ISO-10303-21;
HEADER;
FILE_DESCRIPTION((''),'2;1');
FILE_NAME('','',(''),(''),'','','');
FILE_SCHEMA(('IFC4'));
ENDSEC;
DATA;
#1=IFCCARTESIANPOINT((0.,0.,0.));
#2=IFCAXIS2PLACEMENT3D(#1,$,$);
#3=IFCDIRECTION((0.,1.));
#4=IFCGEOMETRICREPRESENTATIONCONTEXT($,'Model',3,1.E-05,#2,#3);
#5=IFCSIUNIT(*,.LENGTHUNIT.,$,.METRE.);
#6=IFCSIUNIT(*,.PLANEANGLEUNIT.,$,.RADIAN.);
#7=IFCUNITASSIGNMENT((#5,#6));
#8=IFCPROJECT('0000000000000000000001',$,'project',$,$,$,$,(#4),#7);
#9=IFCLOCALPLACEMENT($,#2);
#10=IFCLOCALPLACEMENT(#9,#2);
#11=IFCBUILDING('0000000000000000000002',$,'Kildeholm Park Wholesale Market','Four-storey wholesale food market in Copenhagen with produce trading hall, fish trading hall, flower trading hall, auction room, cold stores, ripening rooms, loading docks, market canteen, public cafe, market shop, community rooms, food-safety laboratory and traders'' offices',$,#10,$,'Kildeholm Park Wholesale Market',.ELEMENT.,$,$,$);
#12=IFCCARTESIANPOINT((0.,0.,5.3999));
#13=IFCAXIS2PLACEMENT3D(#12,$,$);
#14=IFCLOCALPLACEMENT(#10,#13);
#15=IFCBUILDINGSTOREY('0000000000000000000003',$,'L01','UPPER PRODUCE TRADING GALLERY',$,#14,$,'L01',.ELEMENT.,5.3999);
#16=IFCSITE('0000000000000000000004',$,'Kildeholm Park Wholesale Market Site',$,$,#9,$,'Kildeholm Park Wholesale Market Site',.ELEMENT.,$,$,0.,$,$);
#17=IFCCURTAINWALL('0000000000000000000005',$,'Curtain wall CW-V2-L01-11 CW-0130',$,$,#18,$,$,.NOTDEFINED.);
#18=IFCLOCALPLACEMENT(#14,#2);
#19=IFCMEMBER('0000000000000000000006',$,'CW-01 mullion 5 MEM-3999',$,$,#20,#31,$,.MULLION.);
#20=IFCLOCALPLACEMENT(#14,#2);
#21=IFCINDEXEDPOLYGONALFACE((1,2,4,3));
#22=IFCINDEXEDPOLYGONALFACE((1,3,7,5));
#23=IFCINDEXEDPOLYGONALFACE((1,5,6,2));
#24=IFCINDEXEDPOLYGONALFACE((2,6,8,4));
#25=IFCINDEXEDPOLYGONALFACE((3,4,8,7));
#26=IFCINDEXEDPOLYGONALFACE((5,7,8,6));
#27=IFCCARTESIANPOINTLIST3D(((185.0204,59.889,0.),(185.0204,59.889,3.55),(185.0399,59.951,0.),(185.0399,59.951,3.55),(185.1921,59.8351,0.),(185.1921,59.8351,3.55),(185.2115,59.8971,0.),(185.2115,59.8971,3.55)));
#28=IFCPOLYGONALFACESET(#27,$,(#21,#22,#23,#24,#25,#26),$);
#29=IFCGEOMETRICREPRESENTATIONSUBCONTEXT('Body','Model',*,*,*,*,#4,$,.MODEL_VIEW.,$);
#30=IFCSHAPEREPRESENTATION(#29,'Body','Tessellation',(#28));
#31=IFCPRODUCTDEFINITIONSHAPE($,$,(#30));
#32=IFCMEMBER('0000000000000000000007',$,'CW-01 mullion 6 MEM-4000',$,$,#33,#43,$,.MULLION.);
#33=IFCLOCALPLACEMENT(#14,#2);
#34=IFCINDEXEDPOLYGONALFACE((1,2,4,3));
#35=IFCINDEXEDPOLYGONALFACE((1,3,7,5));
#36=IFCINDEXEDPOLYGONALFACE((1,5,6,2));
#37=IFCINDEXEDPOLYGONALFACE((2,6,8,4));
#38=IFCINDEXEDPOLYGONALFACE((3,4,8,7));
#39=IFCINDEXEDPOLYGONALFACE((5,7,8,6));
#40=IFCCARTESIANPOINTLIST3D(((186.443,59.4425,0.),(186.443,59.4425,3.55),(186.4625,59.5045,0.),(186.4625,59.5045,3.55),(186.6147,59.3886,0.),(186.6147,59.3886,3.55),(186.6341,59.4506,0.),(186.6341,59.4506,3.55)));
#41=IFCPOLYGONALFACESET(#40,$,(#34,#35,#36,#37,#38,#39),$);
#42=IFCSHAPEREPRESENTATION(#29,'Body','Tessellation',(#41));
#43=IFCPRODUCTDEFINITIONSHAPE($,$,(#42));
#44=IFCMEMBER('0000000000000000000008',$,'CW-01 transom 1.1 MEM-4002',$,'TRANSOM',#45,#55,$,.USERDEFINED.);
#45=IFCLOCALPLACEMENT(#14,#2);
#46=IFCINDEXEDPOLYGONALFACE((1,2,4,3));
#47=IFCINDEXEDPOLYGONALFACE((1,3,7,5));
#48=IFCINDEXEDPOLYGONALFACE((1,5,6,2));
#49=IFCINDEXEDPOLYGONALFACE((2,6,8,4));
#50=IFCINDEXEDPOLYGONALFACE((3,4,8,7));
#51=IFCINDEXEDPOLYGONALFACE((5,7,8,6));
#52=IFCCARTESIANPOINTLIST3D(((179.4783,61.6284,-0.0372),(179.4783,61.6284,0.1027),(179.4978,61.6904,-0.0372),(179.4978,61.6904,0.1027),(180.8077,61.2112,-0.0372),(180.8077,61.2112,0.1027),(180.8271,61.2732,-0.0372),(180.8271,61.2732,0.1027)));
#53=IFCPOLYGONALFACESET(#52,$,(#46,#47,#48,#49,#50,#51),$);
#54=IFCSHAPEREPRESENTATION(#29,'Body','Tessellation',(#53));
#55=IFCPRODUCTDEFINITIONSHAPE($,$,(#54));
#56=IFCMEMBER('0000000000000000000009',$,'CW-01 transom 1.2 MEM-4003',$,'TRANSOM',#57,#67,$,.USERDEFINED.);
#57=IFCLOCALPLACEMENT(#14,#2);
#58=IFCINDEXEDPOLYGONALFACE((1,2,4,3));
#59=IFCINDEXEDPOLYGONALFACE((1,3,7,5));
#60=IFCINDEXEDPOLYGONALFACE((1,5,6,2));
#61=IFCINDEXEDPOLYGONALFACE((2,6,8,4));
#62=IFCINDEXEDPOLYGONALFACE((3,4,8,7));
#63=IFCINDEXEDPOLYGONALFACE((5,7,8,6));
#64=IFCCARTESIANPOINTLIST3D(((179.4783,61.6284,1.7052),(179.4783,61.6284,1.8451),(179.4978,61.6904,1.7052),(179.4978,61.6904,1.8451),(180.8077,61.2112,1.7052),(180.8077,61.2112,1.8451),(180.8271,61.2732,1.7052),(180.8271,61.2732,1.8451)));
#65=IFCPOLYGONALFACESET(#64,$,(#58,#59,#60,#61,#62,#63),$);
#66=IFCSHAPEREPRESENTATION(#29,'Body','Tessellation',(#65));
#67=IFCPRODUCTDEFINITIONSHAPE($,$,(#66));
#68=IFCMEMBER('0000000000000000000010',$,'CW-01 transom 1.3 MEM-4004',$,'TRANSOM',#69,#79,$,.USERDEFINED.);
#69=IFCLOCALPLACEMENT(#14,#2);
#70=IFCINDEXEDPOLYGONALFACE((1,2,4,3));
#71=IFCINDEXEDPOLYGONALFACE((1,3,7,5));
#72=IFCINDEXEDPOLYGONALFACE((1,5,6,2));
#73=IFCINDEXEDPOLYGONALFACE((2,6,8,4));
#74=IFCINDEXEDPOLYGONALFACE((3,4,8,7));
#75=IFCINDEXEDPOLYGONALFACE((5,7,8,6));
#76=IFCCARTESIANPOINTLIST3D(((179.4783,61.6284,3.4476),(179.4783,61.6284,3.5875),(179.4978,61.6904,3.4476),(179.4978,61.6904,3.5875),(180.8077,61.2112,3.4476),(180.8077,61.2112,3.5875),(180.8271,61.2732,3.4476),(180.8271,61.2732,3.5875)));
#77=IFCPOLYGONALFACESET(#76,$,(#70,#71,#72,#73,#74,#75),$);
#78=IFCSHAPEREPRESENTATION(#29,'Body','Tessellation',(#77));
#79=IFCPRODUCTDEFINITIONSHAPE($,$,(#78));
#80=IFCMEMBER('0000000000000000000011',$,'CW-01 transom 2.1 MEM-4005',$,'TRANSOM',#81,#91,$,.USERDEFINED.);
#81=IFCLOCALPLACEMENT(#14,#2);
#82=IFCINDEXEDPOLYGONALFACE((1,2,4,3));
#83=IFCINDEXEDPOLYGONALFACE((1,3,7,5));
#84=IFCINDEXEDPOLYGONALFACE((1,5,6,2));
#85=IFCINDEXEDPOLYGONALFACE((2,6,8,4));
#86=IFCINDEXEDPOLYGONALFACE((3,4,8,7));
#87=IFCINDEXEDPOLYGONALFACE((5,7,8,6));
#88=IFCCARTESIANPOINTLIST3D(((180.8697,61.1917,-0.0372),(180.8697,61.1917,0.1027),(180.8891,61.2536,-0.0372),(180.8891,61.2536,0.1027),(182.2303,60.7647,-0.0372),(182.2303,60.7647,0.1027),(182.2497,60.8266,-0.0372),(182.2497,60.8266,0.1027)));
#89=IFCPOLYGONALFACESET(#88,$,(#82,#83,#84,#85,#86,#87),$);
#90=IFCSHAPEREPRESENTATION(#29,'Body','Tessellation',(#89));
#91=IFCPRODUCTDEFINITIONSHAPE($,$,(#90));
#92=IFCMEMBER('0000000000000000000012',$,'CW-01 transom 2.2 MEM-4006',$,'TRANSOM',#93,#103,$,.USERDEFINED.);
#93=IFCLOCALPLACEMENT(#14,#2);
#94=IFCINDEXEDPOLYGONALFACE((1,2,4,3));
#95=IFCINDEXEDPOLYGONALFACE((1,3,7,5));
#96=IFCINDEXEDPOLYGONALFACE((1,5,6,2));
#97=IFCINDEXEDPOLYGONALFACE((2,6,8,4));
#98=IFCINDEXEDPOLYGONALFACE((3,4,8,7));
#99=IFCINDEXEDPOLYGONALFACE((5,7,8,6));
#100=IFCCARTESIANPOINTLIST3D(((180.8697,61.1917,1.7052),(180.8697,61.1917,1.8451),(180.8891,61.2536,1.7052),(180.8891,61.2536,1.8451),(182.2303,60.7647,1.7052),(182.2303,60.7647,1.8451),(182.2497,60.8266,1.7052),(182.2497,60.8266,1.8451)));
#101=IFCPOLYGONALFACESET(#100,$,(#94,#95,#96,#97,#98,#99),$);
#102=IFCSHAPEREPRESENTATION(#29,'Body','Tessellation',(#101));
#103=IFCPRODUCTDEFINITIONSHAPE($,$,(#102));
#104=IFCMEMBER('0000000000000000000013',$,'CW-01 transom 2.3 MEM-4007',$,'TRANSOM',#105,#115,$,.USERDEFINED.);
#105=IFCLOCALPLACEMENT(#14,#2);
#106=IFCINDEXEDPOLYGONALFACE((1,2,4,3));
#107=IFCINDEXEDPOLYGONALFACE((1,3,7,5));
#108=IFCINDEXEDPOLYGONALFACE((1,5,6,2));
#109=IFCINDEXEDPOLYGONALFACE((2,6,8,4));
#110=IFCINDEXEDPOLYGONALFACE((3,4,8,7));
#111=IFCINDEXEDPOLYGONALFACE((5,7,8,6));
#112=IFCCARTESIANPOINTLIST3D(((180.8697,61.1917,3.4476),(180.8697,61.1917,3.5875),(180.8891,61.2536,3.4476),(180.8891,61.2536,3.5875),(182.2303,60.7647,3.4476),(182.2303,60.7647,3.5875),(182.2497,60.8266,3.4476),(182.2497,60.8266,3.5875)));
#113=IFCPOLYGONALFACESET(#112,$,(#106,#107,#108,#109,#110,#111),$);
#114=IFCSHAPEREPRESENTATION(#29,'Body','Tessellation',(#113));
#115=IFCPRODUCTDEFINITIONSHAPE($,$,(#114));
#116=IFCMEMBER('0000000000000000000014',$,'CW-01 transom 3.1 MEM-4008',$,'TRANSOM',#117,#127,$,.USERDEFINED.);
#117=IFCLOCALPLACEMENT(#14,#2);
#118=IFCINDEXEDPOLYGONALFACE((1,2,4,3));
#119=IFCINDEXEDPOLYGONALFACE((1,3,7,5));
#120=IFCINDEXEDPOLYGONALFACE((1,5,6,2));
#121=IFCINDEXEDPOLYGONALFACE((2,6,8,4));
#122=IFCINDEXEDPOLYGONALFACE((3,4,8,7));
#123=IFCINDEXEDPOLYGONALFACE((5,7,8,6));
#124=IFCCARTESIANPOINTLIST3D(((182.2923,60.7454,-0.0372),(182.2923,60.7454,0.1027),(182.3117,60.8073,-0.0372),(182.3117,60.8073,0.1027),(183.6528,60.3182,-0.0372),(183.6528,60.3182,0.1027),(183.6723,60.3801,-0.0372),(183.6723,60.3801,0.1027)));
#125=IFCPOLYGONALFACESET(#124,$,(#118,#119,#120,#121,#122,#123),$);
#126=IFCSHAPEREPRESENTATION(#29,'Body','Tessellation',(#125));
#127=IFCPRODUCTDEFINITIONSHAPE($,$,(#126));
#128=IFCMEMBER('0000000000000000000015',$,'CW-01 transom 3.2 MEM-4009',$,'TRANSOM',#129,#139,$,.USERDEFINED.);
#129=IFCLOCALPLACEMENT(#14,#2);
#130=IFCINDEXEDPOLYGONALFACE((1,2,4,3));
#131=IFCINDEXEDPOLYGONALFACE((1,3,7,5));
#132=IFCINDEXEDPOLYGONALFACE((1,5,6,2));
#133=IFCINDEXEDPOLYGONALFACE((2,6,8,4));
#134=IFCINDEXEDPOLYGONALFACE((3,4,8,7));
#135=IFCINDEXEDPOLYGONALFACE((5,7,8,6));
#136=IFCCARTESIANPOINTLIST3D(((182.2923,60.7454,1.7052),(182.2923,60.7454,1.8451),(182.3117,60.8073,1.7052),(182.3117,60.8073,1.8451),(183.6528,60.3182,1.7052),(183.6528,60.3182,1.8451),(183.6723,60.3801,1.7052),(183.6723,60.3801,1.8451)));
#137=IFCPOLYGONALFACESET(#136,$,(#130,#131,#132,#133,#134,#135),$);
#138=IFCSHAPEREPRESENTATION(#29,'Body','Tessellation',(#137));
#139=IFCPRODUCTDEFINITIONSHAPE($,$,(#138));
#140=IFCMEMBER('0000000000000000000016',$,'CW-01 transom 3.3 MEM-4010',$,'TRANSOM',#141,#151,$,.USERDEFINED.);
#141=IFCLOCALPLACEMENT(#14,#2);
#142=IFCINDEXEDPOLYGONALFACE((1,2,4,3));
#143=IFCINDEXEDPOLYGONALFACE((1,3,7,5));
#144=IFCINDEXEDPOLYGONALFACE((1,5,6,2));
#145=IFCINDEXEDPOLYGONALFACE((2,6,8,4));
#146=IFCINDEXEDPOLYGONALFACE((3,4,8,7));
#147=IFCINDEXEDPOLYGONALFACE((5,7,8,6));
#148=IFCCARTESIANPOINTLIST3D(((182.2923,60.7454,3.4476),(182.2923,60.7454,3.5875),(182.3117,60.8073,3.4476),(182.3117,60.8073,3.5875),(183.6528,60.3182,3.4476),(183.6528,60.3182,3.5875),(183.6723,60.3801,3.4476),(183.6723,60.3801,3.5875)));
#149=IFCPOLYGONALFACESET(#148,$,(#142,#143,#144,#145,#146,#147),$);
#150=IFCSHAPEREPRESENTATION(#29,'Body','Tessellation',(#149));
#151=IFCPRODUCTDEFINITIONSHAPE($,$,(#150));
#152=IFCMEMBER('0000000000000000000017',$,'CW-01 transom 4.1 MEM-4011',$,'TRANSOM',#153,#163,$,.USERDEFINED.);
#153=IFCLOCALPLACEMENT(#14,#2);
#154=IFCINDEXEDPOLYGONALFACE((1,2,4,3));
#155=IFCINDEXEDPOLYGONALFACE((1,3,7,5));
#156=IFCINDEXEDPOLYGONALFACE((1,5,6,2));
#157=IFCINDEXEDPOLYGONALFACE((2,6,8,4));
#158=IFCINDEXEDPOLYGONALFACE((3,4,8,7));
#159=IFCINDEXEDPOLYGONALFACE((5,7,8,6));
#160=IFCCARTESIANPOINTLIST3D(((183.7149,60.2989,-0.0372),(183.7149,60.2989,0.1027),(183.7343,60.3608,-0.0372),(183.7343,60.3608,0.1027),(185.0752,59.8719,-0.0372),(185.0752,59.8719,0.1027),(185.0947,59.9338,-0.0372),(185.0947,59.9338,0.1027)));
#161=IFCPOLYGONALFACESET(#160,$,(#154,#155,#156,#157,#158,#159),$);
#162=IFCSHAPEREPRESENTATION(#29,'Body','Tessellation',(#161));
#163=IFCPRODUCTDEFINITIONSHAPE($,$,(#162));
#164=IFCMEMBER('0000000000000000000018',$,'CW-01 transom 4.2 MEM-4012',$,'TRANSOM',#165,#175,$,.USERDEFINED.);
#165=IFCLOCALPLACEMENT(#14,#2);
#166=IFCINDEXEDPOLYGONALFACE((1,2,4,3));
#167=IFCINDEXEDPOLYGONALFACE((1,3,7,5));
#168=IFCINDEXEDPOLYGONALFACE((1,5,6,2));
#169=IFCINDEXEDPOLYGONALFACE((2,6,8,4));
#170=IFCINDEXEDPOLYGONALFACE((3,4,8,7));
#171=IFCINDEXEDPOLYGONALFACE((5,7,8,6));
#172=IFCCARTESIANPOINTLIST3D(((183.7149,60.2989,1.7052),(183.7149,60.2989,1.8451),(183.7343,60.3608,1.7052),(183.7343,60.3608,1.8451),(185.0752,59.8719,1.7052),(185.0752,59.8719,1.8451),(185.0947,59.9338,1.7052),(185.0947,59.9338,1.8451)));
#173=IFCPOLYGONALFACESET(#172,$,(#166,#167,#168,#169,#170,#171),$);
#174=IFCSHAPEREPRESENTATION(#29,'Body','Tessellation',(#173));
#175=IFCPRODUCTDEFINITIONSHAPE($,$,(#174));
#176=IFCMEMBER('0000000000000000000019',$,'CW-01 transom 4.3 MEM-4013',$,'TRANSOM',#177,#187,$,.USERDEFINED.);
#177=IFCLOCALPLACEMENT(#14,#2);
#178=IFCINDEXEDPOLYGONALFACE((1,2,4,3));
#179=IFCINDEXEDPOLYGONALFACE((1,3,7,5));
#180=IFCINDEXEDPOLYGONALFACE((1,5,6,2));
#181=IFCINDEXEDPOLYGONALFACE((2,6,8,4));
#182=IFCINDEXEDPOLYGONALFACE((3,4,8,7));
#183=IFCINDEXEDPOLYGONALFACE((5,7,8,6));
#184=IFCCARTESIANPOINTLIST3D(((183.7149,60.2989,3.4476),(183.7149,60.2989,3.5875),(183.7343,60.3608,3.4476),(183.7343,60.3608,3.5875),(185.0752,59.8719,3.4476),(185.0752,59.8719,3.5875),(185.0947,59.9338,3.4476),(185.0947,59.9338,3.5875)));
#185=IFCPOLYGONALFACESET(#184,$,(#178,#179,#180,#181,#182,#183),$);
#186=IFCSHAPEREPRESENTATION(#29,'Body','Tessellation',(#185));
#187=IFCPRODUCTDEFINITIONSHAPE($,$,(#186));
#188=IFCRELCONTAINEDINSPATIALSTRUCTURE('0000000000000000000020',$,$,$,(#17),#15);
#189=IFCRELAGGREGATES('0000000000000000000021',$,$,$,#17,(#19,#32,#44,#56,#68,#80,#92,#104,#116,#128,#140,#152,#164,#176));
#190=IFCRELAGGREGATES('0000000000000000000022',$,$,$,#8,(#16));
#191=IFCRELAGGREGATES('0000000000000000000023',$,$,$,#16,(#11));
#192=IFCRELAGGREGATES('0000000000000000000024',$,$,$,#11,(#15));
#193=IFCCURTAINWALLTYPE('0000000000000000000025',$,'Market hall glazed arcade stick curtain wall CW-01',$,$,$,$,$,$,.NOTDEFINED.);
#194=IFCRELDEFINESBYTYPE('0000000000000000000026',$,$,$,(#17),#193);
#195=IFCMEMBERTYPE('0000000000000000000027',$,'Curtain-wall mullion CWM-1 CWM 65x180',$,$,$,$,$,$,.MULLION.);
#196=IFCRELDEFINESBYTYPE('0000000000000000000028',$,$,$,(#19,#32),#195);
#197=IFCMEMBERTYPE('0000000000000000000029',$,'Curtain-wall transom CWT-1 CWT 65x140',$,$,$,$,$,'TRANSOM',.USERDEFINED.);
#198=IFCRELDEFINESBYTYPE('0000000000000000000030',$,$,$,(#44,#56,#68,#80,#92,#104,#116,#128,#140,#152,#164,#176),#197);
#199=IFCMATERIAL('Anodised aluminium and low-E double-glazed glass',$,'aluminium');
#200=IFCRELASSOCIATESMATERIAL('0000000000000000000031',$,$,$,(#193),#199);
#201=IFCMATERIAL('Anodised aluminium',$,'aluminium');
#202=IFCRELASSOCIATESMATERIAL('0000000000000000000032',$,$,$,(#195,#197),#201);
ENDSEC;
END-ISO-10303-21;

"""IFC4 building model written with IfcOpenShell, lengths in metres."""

from ifc_helpers import new_model, si_unit, direction, frame, origin, origin_2d, place, context, subcontext, project, spatial, rectangle, extrude, material, material_profile, profile_set, type_object, element, aggregate, save


model = new_model("IFC4")

# Units and contexts
model_context = context("Model", 3, precision=1e-05, world=origin(), true_north=direction((0.0, 1.0)))
body_context = subcontext(model_context, "Body", "Model", "MODEL_VIEW")
ifc_project = project(units=[si_unit("LENGTHUNIT", "METRE"), si_unit("PLANEANGLEUNIT", "RADIAN")], contexts=[model_context])

# Site, building, storey
site_placement = place(None, origin())
site = spatial("IfcSite", under=ifc_project, at=site_placement, Name="Kildeholm Park Wholesale Market Site", LongName="Kildeholm Park Wholesale Market Site", CompositionType="ELEMENT", RefElevation=0.0)
building_placement = place(site_placement, origin())
building = spatial("IfcBuilding", under=site, at=building_placement, Name="Kildeholm Park Wholesale Market", Description="Four-storey wholesale food market in Copenhagen with produce trading hall, fish trading hall, flower trading hall, auction room, cold stores, ripening rooms, loading docks, market canteen, public cafe, market shop, community rooms, food-safety laboratory and traders' offices", LongName="Kildeholm Park Wholesale Market", CompositionType="ELEMENT")
storey_placement = place(building_placement, frame((0.0, 0.0, 5.3999)))
storey = spatial("IfcBuildingStorey", under=building, at=storey_placement, Name="L01", Description="UPPER PRODUCE TRADING GALLERY", LongName="L01", CompositionType="ELEMENT", Elevation=5.3999)

# Shared definitions
ifc_material_1 = material(Name="Anodised aluminium and low-E double-glazed glass", Category="aluminium")
curtain_wall_type = type_object("IfcCurtainWallType", Name="Market hall glazed arcade stick curtain wall CW-01", PredefinedType="NOTDEFINED", material=ifc_material_1)
ifc_material_2 = material(Name="Anodised aluminium", Category="aluminium")
ifc_material_profile_1 = material_profile(ifc_material_2, rectangle(XDim=0.0649, YDim=0.1799, at=origin_2d()), Name="CWM 65x180")
ifc_profile_set_1 = profile_set([ifc_material_profile_1], Name="Anodised aluminium")
member_type_1 = type_object("IfcMemberType", Name="Curtain-wall mullion CWM-1 CWM 65x180", PredefinedType="MULLION", material=ifc_profile_set_1)

# Curtain wall, members
curtain_wall_1_placement = place(storey_placement, origin())
curtain_wall_1 = element("IfcCurtainWall", 1, at=curtain_wall_1_placement, inside=storey, type_object=curtain_wall_type, Name="Curtain wall CW-V2-L01-11 CW-0130", PredefinedType="NOTDEFINED")
member_1_placement = place(storey_placement, frame((185.116, 59.8931, 0.0), z_axis=(0.0, 0.0, 1.0), x_axis=(0.299478, 0.954103, 0.0)))
member_1 = element("IfcMember", 2, at=member_1_placement, type_object=member_type_1, Name="CW-01 mullion 5 MEM-3999", PredefinedType="MULLION", context=body_context, shape_type="SweptSolid", body=[
    extrude(rectangle(XDim=0.0649, YDim=0.1799, at=origin_2d()), origin(), (0.0, 0.0, 1.0), 3.55),
])
member_2_placement = place(storey_placement, frame((186.5386, 59.4465, 0.0), z_axis=(0.0, 0.0, 1.0), x_axis=(0.299478, 0.954103, 0.0)))
member_2 = element("IfcMember", 3, at=member_2_placement, type_object=member_type_1, Name="CW-01 mullion 6 MEM-4000", PredefinedType="MULLION", context=body_context, shape_type="SweptSolid", body=[
    extrude(rectangle(XDim=0.0649, YDim=0.1799, at=origin_2d()), origin(), (0.0, 0.0, 1.0), 3.55),
])
ifc_material_profile_2 = material_profile(ifc_material_2, rectangle(XDim=0.0649, YDim=0.1399, at=origin_2d()), Name="CWT 65x140")
ifc_profile_set_2 = profile_set([ifc_material_profile_2], Name="Anodised aluminium")
member_type_2 = type_object("IfcMemberType", Name="Curtain-wall transom CWT-1 CWT 65x140", ElementType="TRANSOM", PredefinedType="USERDEFINED", material=ifc_profile_set_2)
member_3_placement = place(storey_placement, frame((179.488, 61.6594, 0.0327), z_axis=(0.954108, -0.299462, 0.0), x_axis=(0.299462, 0.954108, 0.0)))
member_3 = element("IfcMember", 4, at=member_3_placement, type_object=member_type_2, Name="CW-01 transom 1.1 MEM-4002", ObjectType="TRANSOM", PredefinedType="USERDEFINED", context=body_context, shape_type="SweptSolid", body=[
    extrude(rectangle(XDim=0.0649, YDim=0.1399, at=origin_2d()), origin(), (0.0, 0.0, 1.0), 1.3933),
])
member_4_placement = place(storey_placement, frame((179.488, 61.6594, 1.7751), z_axis=(0.954108, -0.299462, 0.0), x_axis=(0.299462, 0.954108, 0.0)))
member_4 = element("IfcMember", 5, at=member_4_placement, type_object=member_type_2, Name="CW-01 transom 1.2 MEM-4003", ObjectType="TRANSOM", PredefinedType="USERDEFINED", context=body_context, shape_type="SweptSolid", body=[
    extrude(rectangle(XDim=0.0649, YDim=0.1399, at=origin_2d()), origin(), (0.0, 0.0, 1.0), 1.3933),
])
member_5_placement = place(storey_placement, frame((179.488, 61.6594, 3.5176), z_axis=(0.954108, -0.299462, 0.0), x_axis=(0.299462, 0.954108, 0.0)))
member_5 = element("IfcMember", 6, at=member_5_placement, type_object=member_type_2, Name="CW-01 transom 1.3 MEM-4004", ObjectType="TRANSOM", PredefinedType="USERDEFINED", context=body_context, shape_type="SweptSolid", body=[
    extrude(rectangle(XDim=0.0649, YDim=0.1399, at=origin_2d()), origin(), (0.0, 0.0, 1.0), 1.3933),
])
member_6_placement = place(storey_placement, frame((180.8794, 61.2227, 0.0327), z_axis=(0.954117, -0.299435, 0.0), x_axis=(0.299435, 0.954117, 0.0)))
member_6 = element("IfcMember", 7, at=member_6_placement, type_object=member_type_2, Name="CW-01 transom 2.1 MEM-4005", ObjectType="TRANSOM", PredefinedType="USERDEFINED", context=body_context, shape_type="SweptSolid", body=[
    extrude(rectangle(XDim=0.0649, YDim=0.1399, at=origin_2d()), origin(), (0.0, 0.0, 1.0), 1.426),
])
member_7_placement = place(storey_placement, frame((180.8794, 61.2227, 1.7751), z_axis=(0.954117, -0.299435, 0.0), x_axis=(0.299435, 0.954117, 0.0)))
member_7 = element("IfcMember", 8, at=member_7_placement, type_object=member_type_2, Name="CW-01 transom 2.2 MEM-4006", ObjectType="TRANSOM", PredefinedType="USERDEFINED", context=body_context, shape_type="SweptSolid", body=[
    extrude(rectangle(XDim=0.0649, YDim=0.1399, at=origin_2d()), origin(), (0.0, 0.0, 1.0), 1.426),
])
member_8_placement = place(storey_placement, frame((180.8794, 61.2227, 3.5176), z_axis=(0.954117, -0.299435, 0.0), x_axis=(0.299435, 0.954117, 0.0)))
member_8 = element("IfcMember", 9, at=member_8_placement, type_object=member_type_2, Name="CW-01 transom 2.3 MEM-4007", ObjectType="TRANSOM", PredefinedType="USERDEFINED", context=body_context, shape_type="SweptSolid", body=[
    extrude(rectangle(XDim=0.0649, YDim=0.1399, at=origin_2d()), origin(), (0.0, 0.0, 1.0), 1.426),
])
member_9_placement = place(storey_placement, frame((182.302, 60.7764, 0.0327), z_axis=(0.954068, -0.299591, 0.0), x_axis=(0.299591, 0.954068, 0.0)))
member_9 = element("IfcMember", 10, at=member_9_placement, type_object=member_type_2, Name="CW-01 transom 3.1 MEM-4008", ObjectType="TRANSOM", PredefinedType="USERDEFINED", context=body_context, shape_type="SweptSolid", body=[
    extrude(rectangle(XDim=0.0649, YDim=0.1399, at=origin_2d()), origin(), (0.0, 0.0, 1.0), 1.426),
])
member_10_placement = place(storey_placement, frame((182.302, 60.7764, 1.7751), z_axis=(0.954068, -0.299591, 0.0), x_axis=(0.299591, 0.954068, 0.0)))
member_10 = element("IfcMember", 11, at=member_10_placement, type_object=member_type_2, Name="CW-01 transom 3.2 MEM-4009", ObjectType="TRANSOM", PredefinedType="USERDEFINED", context=body_context, shape_type="SweptSolid", body=[
    extrude(rectangle(XDim=0.0649, YDim=0.1399, at=origin_2d()), origin(), (0.0, 0.0, 1.0), 1.426),
])
member_11_placement = place(storey_placement, frame((182.302, 60.7764, 3.5176), z_axis=(0.954068, -0.299591, 0.0), x_axis=(0.299591, 0.954068, 0.0)))
member_11 = element("IfcMember", 12, at=member_11_placement, type_object=member_type_2, Name="CW-01 transom 3.3 MEM-4010", ObjectType="TRANSOM", PredefinedType="USERDEFINED", context=body_context, shape_type="SweptSolid", body=[
    extrude(rectangle(XDim=0.0649, YDim=0.1399, at=origin_2d()), origin(), (0.0, 0.0, 1.0), 1.426),
])
member_12_placement = place(storey_placement, frame((183.7246, 60.3298, 0.0327), z_axis=(0.954101, -0.299484, 0.0), x_axis=(0.299484, 0.954101, 0.0)))
member_12 = element("IfcMember", 13, at=member_12_placement, type_object=member_type_2, Name="CW-01 transom 4.1 MEM-4011", ObjectType="TRANSOM", PredefinedType="USERDEFINED", context=body_context, shape_type="SweptSolid", body=[
    extrude(rectangle(XDim=0.0649, YDim=0.1399, at=origin_2d()), origin(), (0.0, 0.0, 1.0), 1.4258),
])
member_13_placement = place(storey_placement, frame((183.7246, 60.3298, 1.7751), z_axis=(0.954101, -0.299484, 0.0), x_axis=(0.299484, 0.954101, 0.0)))
member_13 = element("IfcMember", 14, at=member_13_placement, type_object=member_type_2, Name="CW-01 transom 4.2 MEM-4012", ObjectType="TRANSOM", PredefinedType="USERDEFINED", context=body_context, shape_type="SweptSolid", body=[
    extrude(rectangle(XDim=0.0649, YDim=0.1399, at=origin_2d()), origin(), (0.0, 0.0, 1.0), 1.4258),
])
member_14_placement = place(storey_placement, frame((183.7246, 60.3298, 3.5176), z_axis=(0.954101, -0.299484, 0.0), x_axis=(0.299484, 0.954101, 0.0)))
member_14 = element("IfcMember", 15, at=member_14_placement, type_object=member_type_2, Name="CW-01 transom 4.3 MEM-4013", ObjectType="TRANSOM", PredefinedType="USERDEFINED", context=body_context, shape_type="SweptSolid", body=[
    extrude(rectangle(XDim=0.0649, YDim=0.1399, at=origin_2d()), origin(), (0.0, 0.0, 1.0), 1.4258),
])

aggregate(curtain_wall_1, [member_1, member_2, member_3, member_4, member_5, member_6, member_7, member_8, member_9, member_10, member_11, member_12, member_13, member_14])

save(model, "model.ifc")
